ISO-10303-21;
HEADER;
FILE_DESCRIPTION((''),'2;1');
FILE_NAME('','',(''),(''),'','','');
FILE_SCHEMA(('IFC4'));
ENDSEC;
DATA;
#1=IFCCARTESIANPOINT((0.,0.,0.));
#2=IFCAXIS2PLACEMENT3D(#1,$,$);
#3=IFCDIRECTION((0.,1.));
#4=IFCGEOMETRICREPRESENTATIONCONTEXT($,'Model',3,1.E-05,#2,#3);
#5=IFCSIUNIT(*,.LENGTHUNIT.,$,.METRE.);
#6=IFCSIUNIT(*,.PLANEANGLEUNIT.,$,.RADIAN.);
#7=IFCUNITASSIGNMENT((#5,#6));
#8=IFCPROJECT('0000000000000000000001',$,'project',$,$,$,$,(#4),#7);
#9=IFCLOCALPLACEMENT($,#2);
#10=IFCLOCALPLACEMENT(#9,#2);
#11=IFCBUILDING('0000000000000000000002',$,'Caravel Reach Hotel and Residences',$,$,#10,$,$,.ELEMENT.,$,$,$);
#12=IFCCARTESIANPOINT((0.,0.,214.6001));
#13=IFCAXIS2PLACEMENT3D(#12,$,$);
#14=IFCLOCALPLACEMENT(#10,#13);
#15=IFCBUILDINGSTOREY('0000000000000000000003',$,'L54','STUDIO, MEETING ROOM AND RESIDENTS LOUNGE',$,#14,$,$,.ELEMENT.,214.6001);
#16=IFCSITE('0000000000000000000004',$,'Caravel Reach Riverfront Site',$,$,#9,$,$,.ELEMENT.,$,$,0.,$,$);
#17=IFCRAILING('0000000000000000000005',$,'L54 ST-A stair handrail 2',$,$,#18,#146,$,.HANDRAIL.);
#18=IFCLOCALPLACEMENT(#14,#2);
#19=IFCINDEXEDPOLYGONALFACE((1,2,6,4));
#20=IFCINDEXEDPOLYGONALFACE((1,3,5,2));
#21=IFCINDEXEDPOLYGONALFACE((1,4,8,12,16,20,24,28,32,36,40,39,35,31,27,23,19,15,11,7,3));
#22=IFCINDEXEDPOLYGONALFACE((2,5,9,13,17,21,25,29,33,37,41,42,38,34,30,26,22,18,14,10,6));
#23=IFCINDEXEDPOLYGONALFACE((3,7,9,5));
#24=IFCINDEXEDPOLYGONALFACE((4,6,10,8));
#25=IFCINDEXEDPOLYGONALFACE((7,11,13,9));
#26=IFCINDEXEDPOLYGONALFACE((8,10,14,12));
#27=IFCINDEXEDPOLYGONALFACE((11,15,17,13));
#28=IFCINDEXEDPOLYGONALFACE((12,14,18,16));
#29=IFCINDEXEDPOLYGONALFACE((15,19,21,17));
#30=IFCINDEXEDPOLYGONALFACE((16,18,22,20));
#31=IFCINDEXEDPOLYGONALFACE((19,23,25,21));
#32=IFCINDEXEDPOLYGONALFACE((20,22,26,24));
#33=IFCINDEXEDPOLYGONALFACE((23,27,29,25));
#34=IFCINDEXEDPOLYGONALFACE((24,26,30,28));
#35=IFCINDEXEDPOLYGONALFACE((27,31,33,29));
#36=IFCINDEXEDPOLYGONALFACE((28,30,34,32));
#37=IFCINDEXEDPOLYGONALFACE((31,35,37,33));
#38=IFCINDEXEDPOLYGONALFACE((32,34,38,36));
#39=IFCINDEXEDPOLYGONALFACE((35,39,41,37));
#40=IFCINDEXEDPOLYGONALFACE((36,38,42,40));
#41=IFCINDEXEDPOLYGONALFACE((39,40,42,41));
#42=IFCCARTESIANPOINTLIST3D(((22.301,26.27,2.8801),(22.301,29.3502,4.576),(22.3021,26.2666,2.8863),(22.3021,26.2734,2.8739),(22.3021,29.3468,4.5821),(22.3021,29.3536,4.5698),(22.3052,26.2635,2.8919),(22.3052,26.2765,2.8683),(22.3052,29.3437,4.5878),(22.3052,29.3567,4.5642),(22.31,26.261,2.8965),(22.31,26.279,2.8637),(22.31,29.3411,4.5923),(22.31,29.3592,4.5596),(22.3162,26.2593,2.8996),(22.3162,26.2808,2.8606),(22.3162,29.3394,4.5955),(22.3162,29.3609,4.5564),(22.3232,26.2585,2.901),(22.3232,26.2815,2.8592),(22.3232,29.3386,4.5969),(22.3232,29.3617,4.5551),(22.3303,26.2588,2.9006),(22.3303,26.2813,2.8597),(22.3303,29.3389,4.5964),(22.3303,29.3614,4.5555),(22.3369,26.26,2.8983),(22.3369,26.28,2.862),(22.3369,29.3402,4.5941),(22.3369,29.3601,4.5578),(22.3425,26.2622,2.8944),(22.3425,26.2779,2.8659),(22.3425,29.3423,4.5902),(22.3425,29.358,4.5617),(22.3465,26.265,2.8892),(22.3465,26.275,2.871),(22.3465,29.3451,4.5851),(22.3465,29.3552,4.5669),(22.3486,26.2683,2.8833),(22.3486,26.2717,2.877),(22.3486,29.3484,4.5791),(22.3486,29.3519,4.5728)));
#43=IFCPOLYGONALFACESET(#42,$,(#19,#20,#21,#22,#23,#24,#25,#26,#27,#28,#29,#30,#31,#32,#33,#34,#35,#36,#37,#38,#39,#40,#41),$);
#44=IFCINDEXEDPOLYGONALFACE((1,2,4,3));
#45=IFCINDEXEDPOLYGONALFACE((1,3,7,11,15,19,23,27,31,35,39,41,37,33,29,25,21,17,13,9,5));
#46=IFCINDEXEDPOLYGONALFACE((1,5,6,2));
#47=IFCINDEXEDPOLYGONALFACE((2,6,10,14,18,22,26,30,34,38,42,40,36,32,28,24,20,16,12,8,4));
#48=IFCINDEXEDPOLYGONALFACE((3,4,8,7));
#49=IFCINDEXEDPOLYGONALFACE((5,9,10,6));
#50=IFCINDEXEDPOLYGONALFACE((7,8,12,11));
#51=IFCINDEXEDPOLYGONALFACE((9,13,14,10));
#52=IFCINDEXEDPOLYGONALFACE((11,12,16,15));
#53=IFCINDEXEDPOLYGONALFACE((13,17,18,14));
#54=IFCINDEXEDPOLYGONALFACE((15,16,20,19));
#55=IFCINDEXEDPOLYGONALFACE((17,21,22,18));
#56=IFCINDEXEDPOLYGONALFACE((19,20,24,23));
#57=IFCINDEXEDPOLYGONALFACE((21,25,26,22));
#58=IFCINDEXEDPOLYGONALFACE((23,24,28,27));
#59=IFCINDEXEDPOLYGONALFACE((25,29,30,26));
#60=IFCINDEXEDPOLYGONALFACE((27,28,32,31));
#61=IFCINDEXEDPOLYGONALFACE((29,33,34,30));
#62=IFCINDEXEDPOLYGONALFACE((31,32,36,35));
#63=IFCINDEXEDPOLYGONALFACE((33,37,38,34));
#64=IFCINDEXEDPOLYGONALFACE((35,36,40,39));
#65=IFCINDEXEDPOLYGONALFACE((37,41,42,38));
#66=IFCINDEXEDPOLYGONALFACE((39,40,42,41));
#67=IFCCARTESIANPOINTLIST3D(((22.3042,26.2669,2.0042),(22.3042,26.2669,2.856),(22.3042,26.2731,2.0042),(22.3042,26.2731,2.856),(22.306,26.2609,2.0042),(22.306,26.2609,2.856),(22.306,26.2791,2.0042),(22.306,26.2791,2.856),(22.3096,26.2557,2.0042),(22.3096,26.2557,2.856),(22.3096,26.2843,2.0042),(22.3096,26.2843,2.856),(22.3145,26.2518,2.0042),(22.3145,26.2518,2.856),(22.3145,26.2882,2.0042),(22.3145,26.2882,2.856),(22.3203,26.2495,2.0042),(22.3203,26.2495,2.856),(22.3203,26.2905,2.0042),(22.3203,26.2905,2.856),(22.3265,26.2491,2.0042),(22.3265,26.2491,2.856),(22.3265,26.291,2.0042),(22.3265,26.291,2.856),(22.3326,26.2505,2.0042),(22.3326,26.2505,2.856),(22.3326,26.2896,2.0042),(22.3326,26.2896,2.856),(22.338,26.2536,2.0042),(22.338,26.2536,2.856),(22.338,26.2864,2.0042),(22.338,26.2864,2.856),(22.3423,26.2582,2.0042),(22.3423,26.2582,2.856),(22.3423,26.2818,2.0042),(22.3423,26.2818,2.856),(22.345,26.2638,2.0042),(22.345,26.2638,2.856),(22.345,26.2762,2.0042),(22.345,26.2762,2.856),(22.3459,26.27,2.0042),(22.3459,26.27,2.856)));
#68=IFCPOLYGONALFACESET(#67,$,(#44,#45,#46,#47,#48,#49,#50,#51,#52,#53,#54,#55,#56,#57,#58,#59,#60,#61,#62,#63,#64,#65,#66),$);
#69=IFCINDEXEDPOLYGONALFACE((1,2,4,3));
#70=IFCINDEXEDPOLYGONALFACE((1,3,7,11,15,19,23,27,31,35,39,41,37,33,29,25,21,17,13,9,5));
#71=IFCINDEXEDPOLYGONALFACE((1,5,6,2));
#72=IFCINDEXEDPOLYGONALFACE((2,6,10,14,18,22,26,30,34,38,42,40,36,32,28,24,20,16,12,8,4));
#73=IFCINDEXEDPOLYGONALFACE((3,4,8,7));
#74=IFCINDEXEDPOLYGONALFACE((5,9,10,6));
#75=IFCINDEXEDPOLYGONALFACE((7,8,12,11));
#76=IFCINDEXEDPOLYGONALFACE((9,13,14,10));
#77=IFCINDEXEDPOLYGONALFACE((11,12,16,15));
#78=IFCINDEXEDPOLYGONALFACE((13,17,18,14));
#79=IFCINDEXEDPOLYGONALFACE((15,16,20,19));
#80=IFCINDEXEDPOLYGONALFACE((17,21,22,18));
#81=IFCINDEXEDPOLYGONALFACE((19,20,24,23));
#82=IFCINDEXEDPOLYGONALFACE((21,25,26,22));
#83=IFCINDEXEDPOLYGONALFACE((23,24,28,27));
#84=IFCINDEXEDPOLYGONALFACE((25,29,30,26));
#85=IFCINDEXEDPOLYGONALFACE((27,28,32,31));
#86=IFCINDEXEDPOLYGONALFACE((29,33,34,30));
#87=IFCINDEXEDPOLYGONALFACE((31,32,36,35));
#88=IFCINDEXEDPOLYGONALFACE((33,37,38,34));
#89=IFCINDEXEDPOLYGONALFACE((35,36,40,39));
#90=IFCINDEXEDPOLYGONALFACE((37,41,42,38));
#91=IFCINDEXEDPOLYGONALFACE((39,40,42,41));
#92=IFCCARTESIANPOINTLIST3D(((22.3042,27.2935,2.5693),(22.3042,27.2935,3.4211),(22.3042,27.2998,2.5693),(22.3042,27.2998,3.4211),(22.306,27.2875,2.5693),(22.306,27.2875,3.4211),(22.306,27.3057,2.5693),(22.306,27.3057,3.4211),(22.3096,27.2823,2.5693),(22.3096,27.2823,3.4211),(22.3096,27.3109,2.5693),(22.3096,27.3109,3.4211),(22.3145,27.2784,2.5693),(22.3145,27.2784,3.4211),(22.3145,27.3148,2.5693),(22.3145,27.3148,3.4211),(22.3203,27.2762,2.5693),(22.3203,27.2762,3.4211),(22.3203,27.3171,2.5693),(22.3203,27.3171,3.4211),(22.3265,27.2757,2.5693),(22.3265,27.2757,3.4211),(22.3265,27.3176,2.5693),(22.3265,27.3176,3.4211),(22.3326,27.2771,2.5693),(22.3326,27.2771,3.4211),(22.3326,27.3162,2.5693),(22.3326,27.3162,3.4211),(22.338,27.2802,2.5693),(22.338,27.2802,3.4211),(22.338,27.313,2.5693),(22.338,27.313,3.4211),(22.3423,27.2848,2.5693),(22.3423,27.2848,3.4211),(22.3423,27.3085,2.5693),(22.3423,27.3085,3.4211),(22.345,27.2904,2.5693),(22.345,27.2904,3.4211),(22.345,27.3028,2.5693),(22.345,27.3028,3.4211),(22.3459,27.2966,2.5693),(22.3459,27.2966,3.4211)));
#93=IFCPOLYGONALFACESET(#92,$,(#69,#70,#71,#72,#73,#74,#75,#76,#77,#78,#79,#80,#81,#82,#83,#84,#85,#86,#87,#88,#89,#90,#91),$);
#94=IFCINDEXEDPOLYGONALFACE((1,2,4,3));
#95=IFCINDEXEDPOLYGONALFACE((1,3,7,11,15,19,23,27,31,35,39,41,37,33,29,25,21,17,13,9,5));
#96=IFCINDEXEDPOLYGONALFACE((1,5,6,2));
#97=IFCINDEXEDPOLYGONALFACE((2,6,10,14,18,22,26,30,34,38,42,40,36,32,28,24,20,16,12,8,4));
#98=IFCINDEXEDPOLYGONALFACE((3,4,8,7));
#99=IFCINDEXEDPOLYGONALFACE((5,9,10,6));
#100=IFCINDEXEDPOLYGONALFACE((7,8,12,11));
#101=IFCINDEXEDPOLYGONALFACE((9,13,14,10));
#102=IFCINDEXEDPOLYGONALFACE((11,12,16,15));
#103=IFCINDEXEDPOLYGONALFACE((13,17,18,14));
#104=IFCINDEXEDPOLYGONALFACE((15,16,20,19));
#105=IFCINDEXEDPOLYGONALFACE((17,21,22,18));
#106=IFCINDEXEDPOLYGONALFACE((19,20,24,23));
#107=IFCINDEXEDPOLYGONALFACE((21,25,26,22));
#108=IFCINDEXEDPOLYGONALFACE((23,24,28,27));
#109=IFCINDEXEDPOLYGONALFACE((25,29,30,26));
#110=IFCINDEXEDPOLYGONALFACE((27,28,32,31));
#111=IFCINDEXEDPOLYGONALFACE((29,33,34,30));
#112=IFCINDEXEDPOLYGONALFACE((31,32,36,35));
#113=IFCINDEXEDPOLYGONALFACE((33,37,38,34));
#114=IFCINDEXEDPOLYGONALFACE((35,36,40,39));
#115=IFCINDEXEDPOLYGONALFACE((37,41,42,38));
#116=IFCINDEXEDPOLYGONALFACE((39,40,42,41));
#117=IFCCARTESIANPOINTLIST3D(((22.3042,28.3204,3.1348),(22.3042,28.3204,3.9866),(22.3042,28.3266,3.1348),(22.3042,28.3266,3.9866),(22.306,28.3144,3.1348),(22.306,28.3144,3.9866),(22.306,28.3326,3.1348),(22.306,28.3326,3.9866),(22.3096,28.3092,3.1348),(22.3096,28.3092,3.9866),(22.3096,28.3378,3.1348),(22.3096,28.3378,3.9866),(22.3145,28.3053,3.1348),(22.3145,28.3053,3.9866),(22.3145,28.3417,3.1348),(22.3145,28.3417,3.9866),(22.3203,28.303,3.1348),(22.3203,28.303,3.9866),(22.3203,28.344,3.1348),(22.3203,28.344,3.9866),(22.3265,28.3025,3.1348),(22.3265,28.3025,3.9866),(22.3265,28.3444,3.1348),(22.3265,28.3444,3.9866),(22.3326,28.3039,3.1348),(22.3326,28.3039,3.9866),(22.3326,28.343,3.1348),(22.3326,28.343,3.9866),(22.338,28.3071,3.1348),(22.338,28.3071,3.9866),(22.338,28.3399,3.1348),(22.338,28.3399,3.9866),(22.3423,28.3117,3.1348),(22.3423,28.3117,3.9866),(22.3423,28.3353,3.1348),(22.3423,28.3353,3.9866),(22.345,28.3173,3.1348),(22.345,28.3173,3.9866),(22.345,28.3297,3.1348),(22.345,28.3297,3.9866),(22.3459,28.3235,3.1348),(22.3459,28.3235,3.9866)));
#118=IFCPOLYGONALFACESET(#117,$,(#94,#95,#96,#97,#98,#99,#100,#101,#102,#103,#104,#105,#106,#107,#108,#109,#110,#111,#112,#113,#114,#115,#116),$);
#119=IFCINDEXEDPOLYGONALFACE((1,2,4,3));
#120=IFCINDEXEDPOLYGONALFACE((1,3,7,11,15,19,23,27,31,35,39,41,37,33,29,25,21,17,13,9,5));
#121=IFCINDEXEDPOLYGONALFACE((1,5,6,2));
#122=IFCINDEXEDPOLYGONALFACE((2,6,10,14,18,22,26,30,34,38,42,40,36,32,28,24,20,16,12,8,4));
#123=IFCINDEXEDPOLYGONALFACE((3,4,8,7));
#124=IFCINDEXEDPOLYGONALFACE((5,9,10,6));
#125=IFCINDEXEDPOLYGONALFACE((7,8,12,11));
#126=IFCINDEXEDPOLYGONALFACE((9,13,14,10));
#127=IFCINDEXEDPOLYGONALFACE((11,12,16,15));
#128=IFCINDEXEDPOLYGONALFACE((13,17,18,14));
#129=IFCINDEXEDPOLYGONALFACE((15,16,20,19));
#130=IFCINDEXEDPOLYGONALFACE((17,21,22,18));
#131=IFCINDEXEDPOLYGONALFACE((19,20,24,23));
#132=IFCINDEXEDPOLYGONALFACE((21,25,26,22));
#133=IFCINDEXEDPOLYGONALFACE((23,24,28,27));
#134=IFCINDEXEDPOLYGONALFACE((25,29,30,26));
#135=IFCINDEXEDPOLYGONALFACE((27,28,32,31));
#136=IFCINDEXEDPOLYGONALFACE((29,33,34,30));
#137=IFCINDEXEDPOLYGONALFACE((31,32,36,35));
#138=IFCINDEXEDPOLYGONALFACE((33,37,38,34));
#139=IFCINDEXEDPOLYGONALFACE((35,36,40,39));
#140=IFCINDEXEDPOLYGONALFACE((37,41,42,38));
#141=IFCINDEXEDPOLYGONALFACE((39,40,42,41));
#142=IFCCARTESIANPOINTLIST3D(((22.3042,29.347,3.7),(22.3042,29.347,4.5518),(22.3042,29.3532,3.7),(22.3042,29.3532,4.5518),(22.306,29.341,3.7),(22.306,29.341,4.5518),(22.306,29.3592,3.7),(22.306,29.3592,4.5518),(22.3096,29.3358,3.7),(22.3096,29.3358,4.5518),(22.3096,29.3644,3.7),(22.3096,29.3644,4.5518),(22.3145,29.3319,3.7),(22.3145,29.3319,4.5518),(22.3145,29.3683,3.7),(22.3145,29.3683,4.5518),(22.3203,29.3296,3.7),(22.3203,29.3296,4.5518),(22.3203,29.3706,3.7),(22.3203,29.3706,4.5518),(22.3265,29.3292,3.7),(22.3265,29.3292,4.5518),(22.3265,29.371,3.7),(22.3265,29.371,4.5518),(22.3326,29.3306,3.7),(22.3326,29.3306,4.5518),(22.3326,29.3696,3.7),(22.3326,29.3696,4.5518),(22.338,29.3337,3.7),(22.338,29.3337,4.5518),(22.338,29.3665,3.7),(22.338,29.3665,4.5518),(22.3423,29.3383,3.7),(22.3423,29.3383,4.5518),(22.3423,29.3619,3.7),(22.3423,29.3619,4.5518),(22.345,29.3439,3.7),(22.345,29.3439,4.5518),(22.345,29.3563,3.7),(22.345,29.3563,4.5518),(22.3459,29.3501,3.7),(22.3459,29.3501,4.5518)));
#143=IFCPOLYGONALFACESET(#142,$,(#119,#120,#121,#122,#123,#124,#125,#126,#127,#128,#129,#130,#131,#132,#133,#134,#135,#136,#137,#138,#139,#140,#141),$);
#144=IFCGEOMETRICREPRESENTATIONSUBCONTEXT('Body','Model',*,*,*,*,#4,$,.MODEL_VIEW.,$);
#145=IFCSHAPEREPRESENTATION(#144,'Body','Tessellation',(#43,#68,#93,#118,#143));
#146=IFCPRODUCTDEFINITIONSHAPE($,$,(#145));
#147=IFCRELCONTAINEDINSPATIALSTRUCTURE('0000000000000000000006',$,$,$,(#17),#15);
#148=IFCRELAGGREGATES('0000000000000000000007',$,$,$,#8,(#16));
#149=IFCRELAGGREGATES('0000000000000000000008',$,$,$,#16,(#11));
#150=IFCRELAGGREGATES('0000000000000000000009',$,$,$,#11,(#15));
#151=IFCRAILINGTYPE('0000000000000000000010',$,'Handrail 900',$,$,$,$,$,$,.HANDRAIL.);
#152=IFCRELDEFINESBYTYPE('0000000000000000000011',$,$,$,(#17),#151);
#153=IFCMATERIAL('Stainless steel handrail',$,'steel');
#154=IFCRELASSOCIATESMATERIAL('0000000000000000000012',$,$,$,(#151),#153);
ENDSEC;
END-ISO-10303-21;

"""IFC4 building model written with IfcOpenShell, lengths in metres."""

from ifc_helpers import new_model, si_unit, direction, frame, origin, origin_2d, place, context, subcontext, project, spatial, circle, extrude, material, type_object, element, save


model = new_model("IFC4")

# Units and contexts
model_context = context("Model", 3, precision=1e-05, world=origin(), true_north=direction((0.0, 1.0)))
body_context = subcontext(model_context, "Body", "Model", "MODEL_VIEW")
ifc_project = project(units=[si_unit("LENGTHUNIT", "METRE"), si_unit("PLANEANGLEUNIT", "RADIAN")], contexts=[model_context])

# Site, building, storey
site_placement = place(None, origin())
site = spatial("IfcSite", under=ifc_project, at=site_placement, Name="Caravel Reach Riverfront Site", CompositionType="ELEMENT", RefElevation=0.0)
building_placement = place(site_placement, origin())
building = spatial("IfcBuilding", under=site, at=building_placement, Name="Caravel Reach Hotel and Residences", CompositionType="ELEMENT")
storey_placement = place(building_placement, frame((0.0, 0.0, 214.6001)))
storey = spatial("IfcBuildingStorey", under=building, at=storey_placement, Name="L54", Description="STUDIO, MEETING ROOM AND RESIDENTS LOUNGE", CompositionType="ELEMENT", Elevation=214.6001)

# Railing
ifc_material_1 = material(Name="Stainless steel handrail", Category="steel")
railing_type_1 = type_object("IfcRailingType", Name="Handrail 900", PredefinedType="HANDRAIL", material=ifc_material_1)
railing_1_placement = place(storey_placement, frame((22.325, 26.27, 2.0042)))
element("IfcRailing", 1, at=railing_1_placement, inside=storey, type_object=railing_type_1, Name="L54 ST-A stair handrail 2", PredefinedType="HANDRAIL", context=body_context, shape_type="SweptSolid", body=[
    extrude(circle(Radius=0.0239, at=origin_2d()), frame((0.0, 0.0, 0.876), z_axis=(0.0, 0.876005, 0.482303), x_axis=(-1.0, 0.0, 0.0)), (0.0, 0.0, 1.0), 3.5161),
    extrude(circle(Radius=0.021, at=origin_2d()), origin(), (0.0, 0.0, 1.0), 0.8518),
    extrude(circle(Radius=0.021, at=origin_2d()), frame((0.0, 1.0266, 0.5652)), (0.0, 0.0, 1.0), 0.8518),
    extrude(circle(Radius=0.021, at=origin_2d()), frame((0.0, 2.0535, 1.1306)), (0.0, 0.0, 1.0), 0.8518),
    extrude(circle(Radius=0.021, at=origin_2d()), frame((0.0, 3.0801, 1.6958)), (0.0, 0.0, 1.0), 0.8518),
])

save(model, "model.ifc")
